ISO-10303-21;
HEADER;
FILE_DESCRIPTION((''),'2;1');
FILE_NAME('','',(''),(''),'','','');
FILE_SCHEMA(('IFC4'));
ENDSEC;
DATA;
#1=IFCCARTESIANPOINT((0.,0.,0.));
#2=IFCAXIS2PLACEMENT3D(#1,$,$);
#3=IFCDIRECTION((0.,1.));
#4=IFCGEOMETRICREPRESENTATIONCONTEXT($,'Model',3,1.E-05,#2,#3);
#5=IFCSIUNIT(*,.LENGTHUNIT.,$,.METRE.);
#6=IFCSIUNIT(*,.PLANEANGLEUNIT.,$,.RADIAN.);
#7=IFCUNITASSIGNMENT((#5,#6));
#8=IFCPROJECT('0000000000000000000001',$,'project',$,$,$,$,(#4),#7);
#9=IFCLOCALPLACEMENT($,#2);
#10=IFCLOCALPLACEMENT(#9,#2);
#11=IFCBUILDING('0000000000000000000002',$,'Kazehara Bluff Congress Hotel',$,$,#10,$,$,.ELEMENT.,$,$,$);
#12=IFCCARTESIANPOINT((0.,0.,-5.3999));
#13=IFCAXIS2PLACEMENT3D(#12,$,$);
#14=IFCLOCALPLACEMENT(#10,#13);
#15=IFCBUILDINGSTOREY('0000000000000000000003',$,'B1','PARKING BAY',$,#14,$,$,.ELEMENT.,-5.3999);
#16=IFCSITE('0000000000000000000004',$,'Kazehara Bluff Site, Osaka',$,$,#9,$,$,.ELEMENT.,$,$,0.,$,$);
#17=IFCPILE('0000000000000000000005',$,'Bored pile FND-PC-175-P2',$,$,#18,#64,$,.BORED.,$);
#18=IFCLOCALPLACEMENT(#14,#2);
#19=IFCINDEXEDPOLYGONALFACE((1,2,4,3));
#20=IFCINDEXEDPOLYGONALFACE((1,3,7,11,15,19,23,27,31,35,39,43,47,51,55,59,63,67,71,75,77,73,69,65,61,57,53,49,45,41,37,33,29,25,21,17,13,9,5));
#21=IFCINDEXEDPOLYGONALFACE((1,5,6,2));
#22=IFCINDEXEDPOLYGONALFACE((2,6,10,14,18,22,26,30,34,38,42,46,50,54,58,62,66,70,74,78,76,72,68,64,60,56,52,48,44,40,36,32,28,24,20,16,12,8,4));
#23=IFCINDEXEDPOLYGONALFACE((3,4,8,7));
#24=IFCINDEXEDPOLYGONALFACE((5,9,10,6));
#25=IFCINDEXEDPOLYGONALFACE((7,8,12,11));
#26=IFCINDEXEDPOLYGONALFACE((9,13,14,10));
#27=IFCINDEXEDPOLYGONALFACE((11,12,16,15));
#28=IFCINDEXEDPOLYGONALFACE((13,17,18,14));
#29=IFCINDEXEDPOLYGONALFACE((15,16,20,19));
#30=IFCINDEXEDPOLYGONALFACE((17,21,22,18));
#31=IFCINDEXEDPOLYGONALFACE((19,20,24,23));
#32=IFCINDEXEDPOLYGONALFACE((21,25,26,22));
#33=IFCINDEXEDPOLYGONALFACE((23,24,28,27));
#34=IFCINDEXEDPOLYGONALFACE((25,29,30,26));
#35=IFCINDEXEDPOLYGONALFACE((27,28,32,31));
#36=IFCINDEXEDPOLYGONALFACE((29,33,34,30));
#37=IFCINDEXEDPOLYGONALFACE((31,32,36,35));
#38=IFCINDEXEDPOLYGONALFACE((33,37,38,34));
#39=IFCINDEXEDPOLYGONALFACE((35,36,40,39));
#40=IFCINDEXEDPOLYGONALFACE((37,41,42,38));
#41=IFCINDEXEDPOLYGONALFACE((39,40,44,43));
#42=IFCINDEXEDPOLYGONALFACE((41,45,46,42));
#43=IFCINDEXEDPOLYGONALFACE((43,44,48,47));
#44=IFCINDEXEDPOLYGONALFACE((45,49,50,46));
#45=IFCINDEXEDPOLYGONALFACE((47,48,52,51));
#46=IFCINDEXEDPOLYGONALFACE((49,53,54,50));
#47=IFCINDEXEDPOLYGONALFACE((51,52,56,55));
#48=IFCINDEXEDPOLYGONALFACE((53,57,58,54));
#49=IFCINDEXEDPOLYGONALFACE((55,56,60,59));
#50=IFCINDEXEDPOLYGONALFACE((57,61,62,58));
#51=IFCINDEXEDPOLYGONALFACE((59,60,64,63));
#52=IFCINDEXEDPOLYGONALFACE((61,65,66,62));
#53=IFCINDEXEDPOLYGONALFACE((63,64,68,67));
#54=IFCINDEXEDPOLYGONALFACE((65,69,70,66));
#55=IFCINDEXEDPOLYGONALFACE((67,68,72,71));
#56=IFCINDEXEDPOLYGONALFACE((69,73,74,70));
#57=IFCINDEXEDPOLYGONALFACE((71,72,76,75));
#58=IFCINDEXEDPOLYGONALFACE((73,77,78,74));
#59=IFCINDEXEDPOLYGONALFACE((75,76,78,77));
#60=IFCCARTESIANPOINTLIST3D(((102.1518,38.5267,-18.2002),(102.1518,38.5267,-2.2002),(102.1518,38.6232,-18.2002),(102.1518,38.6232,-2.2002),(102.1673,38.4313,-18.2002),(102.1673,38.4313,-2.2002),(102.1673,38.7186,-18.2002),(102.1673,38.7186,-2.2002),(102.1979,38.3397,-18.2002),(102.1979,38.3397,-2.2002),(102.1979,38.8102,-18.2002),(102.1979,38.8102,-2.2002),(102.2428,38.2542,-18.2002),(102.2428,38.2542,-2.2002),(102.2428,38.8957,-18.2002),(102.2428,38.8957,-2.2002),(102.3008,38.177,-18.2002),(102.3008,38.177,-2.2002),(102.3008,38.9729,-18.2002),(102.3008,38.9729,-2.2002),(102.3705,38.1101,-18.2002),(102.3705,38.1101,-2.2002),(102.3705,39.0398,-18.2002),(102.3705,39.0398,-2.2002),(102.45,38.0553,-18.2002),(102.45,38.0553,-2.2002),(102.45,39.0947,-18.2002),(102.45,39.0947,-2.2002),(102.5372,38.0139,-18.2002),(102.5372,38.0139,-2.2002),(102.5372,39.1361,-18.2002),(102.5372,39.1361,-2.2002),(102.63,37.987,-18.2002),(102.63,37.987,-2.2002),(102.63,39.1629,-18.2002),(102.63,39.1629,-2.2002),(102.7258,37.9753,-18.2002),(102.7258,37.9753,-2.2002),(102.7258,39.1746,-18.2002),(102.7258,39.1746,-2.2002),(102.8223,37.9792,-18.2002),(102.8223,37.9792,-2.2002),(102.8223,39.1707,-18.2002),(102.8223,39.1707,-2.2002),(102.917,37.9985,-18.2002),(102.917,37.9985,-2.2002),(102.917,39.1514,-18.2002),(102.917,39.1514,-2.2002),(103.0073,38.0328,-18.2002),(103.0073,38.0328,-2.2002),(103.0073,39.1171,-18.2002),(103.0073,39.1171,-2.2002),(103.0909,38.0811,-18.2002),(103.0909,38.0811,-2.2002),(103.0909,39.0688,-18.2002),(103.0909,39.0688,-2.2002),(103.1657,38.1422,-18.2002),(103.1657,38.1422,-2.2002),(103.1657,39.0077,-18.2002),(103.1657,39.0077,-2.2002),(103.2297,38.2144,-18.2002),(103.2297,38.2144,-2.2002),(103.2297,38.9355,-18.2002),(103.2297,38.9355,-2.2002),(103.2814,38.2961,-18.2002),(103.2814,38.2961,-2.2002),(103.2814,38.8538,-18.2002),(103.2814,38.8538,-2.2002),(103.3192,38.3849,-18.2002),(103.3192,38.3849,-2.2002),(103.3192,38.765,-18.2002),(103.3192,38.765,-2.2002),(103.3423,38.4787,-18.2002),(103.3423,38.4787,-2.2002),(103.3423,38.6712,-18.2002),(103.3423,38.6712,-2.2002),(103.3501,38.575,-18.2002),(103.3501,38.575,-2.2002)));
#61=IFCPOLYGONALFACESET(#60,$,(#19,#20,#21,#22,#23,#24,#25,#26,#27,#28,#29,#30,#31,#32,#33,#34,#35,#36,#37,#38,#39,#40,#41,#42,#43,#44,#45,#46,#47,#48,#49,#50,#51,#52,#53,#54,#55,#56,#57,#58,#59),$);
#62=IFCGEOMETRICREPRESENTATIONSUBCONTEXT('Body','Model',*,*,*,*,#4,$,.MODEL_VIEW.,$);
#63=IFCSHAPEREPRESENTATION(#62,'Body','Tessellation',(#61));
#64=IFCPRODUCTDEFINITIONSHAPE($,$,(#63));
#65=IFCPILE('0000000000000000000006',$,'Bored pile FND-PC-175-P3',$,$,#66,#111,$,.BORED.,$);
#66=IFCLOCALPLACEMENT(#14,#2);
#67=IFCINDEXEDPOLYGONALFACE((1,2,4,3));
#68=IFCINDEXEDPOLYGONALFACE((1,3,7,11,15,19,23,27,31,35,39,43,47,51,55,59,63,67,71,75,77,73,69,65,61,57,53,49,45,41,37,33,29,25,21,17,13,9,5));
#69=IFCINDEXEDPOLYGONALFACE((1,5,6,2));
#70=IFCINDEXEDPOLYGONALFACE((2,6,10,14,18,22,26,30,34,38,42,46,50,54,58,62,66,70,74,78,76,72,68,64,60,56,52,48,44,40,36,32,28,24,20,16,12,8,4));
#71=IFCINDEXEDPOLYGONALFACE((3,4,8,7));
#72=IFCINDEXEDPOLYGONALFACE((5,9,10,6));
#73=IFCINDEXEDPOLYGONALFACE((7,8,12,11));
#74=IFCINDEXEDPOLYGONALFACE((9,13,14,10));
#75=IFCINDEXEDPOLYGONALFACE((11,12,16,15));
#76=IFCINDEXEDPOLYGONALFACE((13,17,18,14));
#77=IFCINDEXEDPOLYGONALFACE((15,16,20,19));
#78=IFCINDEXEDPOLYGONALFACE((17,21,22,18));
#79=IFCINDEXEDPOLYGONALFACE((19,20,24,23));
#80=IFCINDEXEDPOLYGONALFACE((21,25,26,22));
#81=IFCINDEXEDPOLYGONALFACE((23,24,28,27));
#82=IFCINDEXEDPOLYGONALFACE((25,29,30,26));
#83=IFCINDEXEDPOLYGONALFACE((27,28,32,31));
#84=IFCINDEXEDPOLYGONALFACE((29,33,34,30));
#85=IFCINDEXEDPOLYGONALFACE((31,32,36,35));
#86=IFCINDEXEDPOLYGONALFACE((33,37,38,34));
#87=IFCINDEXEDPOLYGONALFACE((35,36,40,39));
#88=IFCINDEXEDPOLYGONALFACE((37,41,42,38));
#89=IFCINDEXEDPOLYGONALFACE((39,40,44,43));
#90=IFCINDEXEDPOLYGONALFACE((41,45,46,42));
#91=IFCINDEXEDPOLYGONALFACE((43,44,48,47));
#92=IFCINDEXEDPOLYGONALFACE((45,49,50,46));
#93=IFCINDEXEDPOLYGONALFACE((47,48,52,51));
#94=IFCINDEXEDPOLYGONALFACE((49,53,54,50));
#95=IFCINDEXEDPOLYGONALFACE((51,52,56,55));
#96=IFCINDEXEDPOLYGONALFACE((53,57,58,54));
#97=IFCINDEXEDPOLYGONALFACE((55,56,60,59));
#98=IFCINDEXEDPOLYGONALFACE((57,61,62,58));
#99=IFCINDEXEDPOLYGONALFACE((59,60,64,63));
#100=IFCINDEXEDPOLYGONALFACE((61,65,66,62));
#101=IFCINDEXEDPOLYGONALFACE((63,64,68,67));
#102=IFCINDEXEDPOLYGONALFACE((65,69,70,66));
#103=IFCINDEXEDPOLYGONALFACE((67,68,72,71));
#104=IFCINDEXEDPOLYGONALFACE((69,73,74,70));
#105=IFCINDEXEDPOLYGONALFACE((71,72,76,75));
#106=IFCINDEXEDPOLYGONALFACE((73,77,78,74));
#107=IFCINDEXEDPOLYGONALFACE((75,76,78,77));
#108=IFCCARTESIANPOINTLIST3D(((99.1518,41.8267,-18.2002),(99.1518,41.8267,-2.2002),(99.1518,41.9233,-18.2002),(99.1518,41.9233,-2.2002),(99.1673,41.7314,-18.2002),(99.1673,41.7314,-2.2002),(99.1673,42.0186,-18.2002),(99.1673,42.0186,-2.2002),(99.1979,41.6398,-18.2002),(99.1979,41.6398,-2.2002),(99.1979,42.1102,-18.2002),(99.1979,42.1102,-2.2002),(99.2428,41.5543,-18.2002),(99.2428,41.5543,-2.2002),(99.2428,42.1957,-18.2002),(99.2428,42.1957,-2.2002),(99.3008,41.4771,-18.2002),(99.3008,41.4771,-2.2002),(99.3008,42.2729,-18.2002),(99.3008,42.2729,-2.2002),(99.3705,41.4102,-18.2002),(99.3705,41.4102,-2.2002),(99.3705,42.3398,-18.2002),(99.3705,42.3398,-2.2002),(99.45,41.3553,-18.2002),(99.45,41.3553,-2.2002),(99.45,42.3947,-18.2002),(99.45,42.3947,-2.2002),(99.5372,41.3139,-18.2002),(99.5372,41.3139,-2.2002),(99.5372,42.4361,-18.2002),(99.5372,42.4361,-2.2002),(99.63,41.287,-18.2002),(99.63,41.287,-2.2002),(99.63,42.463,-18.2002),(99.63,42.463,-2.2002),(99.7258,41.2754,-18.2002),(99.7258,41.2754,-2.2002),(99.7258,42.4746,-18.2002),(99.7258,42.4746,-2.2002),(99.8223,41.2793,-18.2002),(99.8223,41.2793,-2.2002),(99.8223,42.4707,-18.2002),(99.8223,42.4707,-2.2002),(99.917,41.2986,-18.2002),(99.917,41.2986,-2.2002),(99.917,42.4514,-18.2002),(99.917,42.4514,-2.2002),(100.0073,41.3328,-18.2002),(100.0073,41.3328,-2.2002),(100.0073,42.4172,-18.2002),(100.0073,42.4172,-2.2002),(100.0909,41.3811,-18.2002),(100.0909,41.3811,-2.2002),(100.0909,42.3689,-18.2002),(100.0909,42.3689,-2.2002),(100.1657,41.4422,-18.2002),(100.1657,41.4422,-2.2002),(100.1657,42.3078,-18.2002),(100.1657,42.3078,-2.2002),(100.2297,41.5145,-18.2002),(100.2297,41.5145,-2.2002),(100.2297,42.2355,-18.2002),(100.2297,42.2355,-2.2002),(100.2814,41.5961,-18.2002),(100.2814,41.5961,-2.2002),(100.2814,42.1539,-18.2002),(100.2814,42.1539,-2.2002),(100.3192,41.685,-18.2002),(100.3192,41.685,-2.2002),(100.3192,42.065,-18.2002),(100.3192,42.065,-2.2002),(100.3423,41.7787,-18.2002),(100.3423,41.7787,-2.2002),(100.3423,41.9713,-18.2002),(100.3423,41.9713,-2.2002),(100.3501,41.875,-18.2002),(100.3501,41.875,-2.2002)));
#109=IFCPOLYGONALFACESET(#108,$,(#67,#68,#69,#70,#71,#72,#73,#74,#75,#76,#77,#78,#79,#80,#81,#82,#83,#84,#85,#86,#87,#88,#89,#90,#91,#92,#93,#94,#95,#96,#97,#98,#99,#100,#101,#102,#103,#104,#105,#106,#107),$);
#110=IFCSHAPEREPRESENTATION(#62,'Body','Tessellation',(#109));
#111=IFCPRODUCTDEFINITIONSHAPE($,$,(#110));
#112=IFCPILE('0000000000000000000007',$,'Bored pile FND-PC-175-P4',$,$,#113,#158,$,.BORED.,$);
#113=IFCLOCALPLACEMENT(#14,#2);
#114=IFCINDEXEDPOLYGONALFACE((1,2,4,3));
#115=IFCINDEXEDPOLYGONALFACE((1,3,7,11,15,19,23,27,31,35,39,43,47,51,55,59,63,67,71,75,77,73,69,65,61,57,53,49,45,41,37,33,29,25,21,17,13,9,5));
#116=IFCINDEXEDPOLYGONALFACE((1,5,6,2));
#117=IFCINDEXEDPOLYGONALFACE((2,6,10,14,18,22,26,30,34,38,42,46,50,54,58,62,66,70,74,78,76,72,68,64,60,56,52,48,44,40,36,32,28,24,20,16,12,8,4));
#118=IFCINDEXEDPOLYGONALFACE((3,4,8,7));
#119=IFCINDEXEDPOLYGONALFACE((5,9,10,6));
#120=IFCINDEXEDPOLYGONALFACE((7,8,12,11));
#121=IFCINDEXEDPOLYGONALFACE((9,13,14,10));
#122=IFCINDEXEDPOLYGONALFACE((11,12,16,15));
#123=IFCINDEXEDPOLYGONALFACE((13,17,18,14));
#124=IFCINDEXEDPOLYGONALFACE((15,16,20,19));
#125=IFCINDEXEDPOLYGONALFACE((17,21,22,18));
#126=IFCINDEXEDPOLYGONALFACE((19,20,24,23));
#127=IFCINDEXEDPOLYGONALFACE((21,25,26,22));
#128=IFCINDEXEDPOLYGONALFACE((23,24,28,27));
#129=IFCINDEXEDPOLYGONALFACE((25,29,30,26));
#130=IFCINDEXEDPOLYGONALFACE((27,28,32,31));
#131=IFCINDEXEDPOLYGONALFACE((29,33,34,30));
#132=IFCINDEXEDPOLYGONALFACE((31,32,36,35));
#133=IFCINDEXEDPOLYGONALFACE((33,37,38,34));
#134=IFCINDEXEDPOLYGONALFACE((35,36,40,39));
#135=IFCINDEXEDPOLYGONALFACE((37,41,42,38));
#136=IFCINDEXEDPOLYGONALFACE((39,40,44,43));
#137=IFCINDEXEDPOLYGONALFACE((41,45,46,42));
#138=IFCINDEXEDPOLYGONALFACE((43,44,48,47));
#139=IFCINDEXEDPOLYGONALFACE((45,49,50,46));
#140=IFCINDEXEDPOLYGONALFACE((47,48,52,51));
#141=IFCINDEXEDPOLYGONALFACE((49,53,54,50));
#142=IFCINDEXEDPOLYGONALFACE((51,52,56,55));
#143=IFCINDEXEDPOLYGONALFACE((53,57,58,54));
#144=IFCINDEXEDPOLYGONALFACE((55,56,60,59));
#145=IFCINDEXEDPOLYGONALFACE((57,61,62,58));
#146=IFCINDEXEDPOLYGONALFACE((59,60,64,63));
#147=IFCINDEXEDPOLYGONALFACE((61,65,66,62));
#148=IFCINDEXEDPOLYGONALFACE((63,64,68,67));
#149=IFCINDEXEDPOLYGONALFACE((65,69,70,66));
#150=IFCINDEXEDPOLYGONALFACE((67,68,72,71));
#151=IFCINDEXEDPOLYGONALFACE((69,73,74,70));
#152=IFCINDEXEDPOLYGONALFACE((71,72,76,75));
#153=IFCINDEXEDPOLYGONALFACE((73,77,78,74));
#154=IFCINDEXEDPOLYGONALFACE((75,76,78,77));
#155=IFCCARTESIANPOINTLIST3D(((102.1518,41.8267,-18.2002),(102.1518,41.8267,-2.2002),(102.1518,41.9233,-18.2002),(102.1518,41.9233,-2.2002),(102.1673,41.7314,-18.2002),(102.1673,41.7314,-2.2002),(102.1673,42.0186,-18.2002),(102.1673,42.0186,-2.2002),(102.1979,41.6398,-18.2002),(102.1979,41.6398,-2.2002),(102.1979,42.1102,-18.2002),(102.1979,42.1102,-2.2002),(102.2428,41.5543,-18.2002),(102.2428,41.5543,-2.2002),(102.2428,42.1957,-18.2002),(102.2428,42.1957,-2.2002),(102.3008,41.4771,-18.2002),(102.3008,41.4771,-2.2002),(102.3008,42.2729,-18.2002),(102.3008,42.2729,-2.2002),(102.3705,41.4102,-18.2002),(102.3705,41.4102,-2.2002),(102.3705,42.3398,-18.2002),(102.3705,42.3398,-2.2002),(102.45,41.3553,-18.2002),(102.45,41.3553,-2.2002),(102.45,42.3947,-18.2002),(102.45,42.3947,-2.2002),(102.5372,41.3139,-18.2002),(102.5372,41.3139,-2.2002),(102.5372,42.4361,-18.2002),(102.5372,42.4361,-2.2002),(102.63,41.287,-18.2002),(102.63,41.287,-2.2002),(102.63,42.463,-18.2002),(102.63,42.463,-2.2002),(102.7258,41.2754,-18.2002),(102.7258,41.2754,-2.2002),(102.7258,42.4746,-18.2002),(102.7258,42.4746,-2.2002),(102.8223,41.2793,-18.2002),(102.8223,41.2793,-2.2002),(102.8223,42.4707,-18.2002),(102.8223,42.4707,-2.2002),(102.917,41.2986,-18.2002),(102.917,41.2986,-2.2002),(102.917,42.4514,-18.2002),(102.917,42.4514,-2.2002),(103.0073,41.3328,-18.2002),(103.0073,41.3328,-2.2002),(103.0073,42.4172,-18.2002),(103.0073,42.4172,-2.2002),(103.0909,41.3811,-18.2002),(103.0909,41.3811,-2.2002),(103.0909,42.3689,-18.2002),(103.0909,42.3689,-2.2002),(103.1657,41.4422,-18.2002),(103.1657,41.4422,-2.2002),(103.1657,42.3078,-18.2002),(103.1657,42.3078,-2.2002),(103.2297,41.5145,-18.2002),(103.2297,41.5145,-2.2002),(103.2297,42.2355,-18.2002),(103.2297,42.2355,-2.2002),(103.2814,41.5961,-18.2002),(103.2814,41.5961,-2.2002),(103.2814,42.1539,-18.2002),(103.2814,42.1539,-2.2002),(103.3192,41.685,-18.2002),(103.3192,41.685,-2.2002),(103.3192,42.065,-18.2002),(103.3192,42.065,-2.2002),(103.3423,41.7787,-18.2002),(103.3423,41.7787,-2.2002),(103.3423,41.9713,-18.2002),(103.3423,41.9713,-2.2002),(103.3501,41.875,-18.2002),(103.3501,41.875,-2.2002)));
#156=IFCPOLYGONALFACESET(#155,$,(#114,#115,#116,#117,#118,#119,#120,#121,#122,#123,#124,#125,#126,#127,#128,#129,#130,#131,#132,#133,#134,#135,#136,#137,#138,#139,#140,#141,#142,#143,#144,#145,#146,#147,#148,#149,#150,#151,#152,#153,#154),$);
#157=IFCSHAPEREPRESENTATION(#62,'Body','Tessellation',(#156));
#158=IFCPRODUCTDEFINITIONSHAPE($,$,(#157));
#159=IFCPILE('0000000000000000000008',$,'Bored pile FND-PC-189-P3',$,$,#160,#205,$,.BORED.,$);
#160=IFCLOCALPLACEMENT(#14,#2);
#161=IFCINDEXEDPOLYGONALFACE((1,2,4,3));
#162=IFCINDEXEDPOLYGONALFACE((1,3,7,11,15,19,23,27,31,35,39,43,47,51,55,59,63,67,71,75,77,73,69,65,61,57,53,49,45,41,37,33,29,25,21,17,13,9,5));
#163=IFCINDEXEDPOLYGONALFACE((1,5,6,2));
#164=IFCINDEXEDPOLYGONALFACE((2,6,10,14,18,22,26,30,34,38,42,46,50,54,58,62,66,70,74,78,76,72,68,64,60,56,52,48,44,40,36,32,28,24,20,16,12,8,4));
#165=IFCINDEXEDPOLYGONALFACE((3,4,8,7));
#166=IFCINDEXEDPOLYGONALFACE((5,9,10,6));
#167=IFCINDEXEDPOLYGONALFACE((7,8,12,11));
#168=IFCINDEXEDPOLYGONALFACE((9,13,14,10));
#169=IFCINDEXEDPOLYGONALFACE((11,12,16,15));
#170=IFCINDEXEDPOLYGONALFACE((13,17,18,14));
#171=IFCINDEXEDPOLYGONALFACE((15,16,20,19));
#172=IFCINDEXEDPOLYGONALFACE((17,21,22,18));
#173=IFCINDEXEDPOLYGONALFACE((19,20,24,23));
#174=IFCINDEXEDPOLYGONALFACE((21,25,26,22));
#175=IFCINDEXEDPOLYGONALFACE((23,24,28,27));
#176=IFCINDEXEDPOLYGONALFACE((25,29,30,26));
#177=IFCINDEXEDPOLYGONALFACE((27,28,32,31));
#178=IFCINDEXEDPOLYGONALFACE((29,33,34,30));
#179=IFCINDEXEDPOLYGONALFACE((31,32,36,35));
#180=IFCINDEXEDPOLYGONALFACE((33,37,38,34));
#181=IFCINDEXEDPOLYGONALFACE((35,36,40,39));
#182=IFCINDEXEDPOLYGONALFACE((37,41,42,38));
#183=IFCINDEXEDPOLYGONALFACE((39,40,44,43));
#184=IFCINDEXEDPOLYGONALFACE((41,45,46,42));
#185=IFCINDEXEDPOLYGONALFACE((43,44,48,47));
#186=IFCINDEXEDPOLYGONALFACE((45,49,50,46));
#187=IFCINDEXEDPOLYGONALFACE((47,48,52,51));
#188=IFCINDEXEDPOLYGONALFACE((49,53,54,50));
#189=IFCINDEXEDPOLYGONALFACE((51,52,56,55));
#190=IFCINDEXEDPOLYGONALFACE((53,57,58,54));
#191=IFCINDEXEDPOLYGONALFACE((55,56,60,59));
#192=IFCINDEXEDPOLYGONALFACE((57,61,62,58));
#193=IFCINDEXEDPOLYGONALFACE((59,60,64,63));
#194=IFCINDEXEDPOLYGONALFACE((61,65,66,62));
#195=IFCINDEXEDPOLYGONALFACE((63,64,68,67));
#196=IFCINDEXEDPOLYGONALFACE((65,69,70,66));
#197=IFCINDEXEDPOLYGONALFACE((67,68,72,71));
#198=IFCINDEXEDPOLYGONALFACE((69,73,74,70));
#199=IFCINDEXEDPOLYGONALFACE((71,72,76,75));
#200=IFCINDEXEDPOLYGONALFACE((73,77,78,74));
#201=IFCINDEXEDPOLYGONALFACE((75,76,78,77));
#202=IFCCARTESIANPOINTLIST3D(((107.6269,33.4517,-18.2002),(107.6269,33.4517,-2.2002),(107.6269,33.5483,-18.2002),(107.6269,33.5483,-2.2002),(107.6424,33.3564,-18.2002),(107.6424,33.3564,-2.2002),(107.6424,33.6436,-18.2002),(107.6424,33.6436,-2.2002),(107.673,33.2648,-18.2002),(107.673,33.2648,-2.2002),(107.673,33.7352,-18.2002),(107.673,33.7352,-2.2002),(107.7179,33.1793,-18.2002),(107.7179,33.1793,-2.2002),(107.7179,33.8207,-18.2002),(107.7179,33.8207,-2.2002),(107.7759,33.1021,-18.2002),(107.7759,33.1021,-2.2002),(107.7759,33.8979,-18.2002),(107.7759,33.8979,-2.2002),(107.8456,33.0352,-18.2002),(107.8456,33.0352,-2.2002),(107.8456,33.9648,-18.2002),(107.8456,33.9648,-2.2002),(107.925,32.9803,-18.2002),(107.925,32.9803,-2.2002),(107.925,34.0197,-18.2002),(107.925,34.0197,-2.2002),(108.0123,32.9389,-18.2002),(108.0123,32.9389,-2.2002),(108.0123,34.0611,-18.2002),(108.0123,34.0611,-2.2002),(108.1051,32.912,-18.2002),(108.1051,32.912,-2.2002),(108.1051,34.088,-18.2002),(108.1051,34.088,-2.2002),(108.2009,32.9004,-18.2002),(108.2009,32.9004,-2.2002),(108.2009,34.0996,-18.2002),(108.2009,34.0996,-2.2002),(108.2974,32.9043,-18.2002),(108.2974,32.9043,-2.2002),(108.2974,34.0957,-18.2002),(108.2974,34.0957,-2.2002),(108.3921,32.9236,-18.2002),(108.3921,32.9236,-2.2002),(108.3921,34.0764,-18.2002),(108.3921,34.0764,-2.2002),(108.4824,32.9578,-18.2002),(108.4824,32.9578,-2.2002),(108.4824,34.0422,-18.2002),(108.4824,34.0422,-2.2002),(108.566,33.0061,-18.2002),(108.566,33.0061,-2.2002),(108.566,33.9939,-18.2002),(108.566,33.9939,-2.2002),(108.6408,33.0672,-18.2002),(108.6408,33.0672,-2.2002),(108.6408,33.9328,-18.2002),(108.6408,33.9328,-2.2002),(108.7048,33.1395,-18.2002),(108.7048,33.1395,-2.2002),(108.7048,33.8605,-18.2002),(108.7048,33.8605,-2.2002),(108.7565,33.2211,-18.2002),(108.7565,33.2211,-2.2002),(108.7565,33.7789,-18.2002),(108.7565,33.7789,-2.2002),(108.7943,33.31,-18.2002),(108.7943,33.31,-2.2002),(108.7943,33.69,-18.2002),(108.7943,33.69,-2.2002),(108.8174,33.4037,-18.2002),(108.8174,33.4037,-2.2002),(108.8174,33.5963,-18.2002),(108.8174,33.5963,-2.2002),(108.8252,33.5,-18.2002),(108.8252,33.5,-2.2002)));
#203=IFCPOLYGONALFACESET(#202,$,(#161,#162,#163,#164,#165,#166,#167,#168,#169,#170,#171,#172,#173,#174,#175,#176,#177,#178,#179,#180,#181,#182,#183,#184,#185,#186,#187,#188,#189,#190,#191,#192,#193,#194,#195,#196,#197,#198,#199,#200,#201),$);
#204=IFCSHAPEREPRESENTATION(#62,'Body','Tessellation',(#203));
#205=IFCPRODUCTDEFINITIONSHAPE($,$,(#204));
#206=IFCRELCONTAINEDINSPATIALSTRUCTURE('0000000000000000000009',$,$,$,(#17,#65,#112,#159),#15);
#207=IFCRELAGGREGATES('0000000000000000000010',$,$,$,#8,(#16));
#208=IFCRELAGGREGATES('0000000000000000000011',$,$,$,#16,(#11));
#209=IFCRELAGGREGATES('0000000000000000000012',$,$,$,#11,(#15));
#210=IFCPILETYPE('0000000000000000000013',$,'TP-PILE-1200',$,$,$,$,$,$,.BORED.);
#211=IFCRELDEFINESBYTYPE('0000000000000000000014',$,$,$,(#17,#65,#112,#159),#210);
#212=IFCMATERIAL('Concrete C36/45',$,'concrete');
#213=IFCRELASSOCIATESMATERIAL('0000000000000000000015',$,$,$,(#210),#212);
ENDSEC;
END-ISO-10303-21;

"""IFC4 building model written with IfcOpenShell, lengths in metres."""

from ifc_helpers import new_model, si_unit, direction, frame, origin, origin_2d, place, context, subcontext, project, spatial, circle, extrude, material, material_profile, profile_set, type_object, element, save


model = new_model("IFC4")

# Units and contexts
model_context = context("Model", 3, precision=1e-05, world=origin(), true_north=direction((0.0, 1.0)))
body_context = subcontext(model_context, "Body", "Model", "MODEL_VIEW")
ifc_project = project(units=[si_unit("LENGTHUNIT", "METRE"), si_unit("PLANEANGLEUNIT", "RADIAN")], contexts=[model_context])

# Site, building, storey
site_placement = place(None, origin())
site = spatial("IfcSite", under=ifc_project, at=site_placement, Name="Kazehara Bluff Site, Osaka", CompositionType="ELEMENT", RefElevation=0.0)
building_placement = place(site_placement, origin())
building = spatial("IfcBuilding", under=site, at=building_placement, Name="Kazehara Bluff Congress Hotel", CompositionType="ELEMENT")
storey_placement = place(building_placement, frame((0.0, 0.0, -5.3999)))
storey = spatial("IfcBuildingStorey", under=building, at=storey_placement, Name="B1", Description="PARKING BAY", CompositionType="ELEMENT", Elevation=-5.3999)

# Piles
ifc_material_1 = material(Name="Concrete C36/45", Category="concrete")
ifc_material_profile_1 = material_profile(ifc_material_1, circle(Radius=0.6001, at=origin_2d()))
ifc_profile_set_1 = profile_set([ifc_material_profile_1], Name="Concrete C36/45")
pile_type_1 = type_object("IfcPileType", Name="TP-PILE-1200", PredefinedType="BORED", material=ifc_profile_set_1)
for number, where, z_axis, x_axis, name in (
    (1, (102.75, 38.575, -2.2002), (0.0, 0.0, -1.0), (1.0, 0.0, 0.0), "Bored pile FND-PC-175-P2"),
    (2, (99.75, 41.875, -2.2002), (0.0, 0.0, -1.0), (1.0, 0.0, 0.0), "Bored pile FND-PC-175-P3"),
    (3, (102.75, 41.875, -2.2002), (0.0, 0.0, -1.0), (1.0, 0.0, 0.0), "Bored pile FND-PC-175-P4"),
    (4, (108.2251, 33.5, -2.2002), (0.0, 0.0, -1.0), (1.0, 0.0, 0.0), "Bored pile FND-PC-189-P3"),
):
    element("IfcPile", number, at=place(storey_placement, frame(where, z_axis=z_axis, x_axis=x_axis)), inside=storey, type_object=pile_type_1, Name=name, PredefinedType="BORED", context=body_context, shape_type="SweptSolid", body=[
        extrude(circle(Radius=0.6001, at=origin_2d()), origin(), (0.0, 0.0, 1.0), 16.0),
    ])

save(model, "model.ifc")
